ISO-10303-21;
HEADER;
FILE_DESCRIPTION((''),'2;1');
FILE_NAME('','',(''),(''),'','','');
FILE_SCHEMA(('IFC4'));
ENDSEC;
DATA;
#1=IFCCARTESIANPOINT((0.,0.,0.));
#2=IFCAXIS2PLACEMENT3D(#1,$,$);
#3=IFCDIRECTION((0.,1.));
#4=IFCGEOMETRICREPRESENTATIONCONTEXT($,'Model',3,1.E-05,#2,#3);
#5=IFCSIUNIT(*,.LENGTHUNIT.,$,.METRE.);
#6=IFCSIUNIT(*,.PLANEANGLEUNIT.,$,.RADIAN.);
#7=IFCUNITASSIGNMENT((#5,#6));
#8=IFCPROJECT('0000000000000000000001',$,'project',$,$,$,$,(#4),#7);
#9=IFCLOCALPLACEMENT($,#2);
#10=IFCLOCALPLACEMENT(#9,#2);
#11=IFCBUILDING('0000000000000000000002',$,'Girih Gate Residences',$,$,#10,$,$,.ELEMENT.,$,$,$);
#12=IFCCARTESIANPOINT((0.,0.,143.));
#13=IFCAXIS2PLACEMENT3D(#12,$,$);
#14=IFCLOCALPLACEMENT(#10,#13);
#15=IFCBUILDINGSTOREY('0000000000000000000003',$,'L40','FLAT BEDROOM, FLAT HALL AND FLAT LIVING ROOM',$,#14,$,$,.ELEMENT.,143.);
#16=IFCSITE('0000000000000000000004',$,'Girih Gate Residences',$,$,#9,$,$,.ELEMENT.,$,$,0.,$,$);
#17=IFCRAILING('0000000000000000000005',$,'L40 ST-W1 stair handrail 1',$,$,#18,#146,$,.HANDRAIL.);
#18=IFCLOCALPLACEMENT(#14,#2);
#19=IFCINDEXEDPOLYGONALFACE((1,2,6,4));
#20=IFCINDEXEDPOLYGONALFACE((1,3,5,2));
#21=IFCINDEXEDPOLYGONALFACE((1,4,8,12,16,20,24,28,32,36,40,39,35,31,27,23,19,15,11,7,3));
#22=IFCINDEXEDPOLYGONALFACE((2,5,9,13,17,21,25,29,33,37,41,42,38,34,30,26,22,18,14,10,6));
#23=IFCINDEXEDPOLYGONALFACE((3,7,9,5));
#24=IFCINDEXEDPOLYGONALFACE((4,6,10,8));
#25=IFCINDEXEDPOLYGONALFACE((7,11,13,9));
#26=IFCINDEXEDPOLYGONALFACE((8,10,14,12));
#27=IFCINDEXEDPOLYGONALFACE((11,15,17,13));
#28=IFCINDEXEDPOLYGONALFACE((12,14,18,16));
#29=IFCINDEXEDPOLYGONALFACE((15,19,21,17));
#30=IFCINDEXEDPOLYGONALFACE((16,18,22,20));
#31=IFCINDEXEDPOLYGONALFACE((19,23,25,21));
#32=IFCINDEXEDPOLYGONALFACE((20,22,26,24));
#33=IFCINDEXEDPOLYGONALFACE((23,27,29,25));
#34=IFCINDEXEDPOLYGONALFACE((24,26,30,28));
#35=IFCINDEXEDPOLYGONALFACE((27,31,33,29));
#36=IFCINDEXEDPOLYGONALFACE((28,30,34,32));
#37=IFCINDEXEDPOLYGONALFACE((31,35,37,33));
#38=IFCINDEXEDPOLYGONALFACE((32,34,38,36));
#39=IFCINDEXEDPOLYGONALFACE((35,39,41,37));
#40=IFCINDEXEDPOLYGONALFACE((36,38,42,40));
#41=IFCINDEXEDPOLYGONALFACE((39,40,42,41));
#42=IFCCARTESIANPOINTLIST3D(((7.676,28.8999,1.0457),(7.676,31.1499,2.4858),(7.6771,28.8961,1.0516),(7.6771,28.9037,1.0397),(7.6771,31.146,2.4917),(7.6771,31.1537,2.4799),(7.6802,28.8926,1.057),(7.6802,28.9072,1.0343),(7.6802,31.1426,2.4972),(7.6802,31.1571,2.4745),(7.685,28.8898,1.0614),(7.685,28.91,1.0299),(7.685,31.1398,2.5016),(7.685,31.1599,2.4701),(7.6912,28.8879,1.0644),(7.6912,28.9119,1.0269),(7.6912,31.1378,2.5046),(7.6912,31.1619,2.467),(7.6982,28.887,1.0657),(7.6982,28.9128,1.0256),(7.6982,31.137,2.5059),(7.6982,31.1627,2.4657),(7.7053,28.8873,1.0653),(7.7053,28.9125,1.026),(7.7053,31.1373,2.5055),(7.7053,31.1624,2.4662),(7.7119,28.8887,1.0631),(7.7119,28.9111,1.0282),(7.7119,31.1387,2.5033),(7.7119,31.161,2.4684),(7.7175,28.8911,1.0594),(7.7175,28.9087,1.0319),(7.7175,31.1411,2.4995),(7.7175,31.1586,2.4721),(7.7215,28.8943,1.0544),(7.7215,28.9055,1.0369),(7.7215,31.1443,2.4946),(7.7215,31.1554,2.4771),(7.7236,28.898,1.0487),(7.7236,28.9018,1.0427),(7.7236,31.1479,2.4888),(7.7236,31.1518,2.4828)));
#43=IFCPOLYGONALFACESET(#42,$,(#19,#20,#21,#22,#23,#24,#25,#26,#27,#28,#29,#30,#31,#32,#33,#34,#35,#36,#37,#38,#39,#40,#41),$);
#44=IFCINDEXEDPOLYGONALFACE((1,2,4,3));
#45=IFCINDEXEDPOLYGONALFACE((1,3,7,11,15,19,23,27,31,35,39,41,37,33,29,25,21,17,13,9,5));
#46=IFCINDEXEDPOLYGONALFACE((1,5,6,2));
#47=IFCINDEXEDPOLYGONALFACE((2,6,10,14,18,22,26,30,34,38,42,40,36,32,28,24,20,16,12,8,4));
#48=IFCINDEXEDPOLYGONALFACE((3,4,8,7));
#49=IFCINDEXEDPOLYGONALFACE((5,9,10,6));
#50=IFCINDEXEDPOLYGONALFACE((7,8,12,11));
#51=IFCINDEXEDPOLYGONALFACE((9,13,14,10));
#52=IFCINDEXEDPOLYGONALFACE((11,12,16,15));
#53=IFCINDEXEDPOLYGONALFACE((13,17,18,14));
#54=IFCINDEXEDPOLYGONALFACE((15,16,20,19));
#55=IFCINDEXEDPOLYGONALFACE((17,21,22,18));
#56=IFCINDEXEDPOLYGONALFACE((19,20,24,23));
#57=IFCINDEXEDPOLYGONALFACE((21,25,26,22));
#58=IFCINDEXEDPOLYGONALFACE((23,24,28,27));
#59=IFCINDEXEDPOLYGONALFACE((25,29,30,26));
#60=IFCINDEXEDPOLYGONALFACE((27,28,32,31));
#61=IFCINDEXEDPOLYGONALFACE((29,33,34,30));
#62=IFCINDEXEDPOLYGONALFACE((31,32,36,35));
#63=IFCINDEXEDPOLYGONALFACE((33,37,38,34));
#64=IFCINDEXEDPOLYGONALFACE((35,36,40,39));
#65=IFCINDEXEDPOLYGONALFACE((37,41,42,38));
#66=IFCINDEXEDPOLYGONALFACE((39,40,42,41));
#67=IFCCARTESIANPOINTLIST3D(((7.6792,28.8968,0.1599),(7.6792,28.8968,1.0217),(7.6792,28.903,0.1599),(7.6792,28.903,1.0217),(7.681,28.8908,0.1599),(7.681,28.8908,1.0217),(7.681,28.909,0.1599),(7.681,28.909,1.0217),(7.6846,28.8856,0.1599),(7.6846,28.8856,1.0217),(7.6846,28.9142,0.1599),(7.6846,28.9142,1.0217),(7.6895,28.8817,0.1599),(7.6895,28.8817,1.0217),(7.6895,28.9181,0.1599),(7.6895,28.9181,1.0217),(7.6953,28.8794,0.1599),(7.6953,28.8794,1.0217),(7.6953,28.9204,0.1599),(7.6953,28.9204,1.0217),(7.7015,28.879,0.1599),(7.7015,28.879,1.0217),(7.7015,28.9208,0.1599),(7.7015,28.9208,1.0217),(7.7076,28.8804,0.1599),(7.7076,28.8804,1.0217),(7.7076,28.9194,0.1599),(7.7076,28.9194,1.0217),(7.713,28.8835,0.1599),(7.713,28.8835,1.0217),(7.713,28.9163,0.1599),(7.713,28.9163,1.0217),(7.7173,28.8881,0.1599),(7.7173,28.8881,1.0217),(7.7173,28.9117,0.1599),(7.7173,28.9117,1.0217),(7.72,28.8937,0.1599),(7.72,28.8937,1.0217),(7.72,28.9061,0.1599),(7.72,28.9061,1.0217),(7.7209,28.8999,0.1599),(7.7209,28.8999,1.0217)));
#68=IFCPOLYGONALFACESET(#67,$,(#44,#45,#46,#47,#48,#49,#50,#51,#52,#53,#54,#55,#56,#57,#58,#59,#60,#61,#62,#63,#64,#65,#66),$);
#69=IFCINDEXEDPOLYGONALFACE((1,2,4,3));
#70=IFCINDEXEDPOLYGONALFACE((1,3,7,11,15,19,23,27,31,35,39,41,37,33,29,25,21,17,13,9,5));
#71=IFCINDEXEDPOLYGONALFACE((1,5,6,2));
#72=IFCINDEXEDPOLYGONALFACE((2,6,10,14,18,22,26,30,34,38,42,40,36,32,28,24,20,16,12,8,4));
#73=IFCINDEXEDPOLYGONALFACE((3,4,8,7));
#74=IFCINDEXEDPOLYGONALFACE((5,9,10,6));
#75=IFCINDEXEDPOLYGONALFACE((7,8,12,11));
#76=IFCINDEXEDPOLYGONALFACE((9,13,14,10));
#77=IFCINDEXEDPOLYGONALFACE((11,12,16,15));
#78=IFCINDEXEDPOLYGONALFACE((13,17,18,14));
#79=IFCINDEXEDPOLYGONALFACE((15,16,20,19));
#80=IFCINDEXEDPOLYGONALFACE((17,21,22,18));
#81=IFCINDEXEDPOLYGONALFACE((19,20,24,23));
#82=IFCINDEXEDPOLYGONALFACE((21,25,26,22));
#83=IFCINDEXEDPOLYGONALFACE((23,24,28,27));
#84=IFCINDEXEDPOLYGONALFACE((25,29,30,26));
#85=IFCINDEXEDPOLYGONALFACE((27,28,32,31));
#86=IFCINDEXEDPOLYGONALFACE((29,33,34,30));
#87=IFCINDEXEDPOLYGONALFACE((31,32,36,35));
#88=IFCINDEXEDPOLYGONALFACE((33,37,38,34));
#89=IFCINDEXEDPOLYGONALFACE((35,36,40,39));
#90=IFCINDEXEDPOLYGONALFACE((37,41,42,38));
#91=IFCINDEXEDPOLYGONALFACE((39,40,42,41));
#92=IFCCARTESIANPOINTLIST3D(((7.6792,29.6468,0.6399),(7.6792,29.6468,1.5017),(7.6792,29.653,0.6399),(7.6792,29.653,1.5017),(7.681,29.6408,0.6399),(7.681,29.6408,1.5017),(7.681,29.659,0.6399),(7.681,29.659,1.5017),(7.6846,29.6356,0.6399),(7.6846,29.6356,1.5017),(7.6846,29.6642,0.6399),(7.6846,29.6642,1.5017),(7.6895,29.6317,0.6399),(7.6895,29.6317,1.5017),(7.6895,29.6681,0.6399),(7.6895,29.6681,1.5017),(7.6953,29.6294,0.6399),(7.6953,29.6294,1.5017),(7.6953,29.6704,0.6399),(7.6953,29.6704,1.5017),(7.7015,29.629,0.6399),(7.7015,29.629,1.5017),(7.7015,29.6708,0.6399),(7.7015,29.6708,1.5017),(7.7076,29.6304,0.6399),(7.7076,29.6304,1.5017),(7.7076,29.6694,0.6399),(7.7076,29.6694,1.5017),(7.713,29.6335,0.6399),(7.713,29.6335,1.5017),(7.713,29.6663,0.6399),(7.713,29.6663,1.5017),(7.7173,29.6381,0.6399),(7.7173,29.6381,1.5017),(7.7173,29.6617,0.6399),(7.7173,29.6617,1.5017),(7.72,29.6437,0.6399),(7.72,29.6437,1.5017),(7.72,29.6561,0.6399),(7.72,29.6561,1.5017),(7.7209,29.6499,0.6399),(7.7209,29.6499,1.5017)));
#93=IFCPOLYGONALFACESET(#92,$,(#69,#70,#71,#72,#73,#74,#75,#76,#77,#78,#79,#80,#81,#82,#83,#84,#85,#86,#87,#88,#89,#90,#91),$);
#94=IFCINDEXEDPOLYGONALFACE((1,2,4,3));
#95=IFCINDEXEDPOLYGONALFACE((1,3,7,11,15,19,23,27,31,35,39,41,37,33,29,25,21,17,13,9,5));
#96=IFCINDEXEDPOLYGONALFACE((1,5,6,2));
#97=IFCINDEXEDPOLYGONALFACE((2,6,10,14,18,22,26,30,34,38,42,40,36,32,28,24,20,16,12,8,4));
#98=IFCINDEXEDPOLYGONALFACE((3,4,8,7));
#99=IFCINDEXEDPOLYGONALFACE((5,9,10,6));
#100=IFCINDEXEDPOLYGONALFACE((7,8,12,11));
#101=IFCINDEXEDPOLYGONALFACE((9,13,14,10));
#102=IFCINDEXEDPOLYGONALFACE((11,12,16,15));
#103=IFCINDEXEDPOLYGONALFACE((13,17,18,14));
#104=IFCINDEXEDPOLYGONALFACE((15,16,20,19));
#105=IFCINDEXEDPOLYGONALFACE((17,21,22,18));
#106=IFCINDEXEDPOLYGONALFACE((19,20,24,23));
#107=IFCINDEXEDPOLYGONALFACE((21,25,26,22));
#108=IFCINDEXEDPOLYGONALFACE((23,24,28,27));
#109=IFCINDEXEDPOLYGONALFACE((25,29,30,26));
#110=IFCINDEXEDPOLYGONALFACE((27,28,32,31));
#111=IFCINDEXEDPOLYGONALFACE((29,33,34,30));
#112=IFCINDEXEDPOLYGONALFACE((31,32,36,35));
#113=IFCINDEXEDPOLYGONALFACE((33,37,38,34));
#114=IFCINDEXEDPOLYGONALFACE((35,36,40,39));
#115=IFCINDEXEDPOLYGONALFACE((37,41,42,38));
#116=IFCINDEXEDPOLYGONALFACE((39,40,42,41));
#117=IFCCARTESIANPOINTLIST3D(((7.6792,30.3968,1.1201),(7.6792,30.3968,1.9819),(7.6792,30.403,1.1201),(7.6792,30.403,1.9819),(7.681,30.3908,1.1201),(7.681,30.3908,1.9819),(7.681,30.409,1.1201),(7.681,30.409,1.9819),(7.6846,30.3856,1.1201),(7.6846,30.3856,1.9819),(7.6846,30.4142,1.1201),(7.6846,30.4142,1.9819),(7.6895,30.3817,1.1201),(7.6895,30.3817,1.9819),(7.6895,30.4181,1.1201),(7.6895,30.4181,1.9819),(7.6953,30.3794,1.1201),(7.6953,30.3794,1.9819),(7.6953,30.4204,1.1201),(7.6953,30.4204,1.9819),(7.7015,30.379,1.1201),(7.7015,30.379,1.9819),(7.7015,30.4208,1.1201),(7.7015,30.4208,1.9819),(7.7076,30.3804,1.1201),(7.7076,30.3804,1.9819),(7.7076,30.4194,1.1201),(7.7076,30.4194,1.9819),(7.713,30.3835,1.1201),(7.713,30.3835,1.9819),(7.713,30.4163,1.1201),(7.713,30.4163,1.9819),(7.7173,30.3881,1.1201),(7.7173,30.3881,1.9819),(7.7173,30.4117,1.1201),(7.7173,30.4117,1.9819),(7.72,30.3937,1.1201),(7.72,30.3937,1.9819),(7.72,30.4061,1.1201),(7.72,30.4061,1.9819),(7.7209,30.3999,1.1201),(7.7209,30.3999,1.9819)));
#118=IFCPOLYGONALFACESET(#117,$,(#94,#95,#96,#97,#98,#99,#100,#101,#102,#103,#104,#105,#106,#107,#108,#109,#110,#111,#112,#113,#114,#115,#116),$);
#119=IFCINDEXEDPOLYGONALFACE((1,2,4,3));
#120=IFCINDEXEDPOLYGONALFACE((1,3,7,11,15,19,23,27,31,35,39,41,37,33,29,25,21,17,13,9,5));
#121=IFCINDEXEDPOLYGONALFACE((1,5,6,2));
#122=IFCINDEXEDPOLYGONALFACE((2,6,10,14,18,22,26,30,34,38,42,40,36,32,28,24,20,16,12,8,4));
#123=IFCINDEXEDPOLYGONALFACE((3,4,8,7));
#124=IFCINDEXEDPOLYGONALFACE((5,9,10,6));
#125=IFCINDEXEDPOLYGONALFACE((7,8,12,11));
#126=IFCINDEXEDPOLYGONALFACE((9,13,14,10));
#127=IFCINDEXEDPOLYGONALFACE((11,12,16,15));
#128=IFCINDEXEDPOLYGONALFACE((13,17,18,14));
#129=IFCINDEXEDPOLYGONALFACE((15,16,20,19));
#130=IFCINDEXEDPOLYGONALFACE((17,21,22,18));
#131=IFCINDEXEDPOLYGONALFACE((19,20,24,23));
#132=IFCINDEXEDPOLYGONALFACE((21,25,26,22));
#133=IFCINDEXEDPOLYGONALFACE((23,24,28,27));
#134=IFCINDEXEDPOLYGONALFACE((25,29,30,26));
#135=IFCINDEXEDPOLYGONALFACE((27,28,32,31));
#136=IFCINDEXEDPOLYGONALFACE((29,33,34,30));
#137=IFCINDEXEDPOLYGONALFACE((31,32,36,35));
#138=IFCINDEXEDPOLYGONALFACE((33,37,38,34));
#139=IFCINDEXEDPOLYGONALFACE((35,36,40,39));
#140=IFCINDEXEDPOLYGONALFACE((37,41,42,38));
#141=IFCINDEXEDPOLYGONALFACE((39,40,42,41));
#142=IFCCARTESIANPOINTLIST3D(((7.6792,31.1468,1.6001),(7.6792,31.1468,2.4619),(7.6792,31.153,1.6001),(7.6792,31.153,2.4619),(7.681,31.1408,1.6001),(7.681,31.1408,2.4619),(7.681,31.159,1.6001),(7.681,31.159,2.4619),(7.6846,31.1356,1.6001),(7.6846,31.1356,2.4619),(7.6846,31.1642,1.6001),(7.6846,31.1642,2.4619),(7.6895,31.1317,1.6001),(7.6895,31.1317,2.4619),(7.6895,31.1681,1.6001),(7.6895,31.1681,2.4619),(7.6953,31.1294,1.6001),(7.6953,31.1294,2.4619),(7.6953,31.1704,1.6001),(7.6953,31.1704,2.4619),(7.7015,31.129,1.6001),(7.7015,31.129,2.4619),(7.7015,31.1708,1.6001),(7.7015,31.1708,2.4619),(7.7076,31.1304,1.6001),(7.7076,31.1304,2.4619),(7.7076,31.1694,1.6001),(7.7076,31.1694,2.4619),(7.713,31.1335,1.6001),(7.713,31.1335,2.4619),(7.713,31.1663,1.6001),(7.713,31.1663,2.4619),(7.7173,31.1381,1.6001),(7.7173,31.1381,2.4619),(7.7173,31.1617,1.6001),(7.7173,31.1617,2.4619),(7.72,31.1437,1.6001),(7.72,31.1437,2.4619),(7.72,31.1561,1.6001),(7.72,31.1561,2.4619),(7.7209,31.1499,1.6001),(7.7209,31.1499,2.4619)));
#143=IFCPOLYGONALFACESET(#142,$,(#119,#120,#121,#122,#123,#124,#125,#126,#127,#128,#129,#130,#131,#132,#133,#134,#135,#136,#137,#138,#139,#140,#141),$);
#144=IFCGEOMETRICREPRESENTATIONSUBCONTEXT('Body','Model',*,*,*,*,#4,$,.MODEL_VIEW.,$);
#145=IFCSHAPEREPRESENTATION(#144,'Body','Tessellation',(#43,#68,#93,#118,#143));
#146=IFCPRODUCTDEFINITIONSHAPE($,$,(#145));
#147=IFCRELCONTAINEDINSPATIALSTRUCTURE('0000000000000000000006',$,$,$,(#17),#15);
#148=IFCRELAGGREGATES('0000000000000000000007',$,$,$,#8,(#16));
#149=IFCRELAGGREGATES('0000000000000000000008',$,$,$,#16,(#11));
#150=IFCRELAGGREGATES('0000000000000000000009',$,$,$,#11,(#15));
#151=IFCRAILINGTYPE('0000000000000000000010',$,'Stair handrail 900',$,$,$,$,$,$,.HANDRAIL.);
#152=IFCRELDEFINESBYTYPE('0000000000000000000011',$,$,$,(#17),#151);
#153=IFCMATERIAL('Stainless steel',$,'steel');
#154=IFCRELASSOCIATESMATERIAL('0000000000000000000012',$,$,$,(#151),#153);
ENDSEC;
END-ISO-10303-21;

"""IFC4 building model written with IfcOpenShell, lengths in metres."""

from ifc_helpers import new_model, si_unit, direction, frame, origin, origin_2d, place, context, subcontext, project, spatial, circle, extrude, material, type_object, element, save


model = new_model("IFC4")

# Units and contexts
model_context = context("Model", 3, precision=1e-05, world=origin(), true_north=direction((0.0, 1.0)))
body_context = subcontext(model_context, "Body", "Model", "MODEL_VIEW")
ifc_project = project(units=[si_unit("LENGTHUNIT", "METRE"), si_unit("PLANEANGLEUNIT", "RADIAN")], contexts=[model_context])

# Site, building, storey
site_placement = place(None, origin())
site = spatial("IfcSite", under=ifc_project, at=site_placement, Name="Girih Gate Residences", CompositionType="ELEMENT", RefElevation=0.0)
building_placement = place(site_placement, origin())
building = spatial("IfcBuilding", under=site, at=building_placement, Name="Girih Gate Residences", CompositionType="ELEMENT")
storey_placement = place(building_placement, frame((0.0, 0.0, 143.0)))
storey = spatial("IfcBuildingStorey", under=building, at=storey_placement, Name="L40", Description="FLAT BEDROOM, FLAT HALL AND FLAT LIVING ROOM", CompositionType="ELEMENT", Elevation=143.0)

# Railing
ifc_material_1 = material(Name="Stainless steel", Category="steel")
railing_type_1 = type_object("IfcRailingType", Name="Stair handrail 900", PredefinedType="HANDRAIL", material=ifc_material_1)
railing_1_placement = place(storey_placement, frame((7.7, 28.8999, 0.1599)))
element("IfcRailing", 1, at=railing_1_placement, inside=storey, type_object=railing_type_1, Name="L40 ST-W1 stair handrail 1", PredefinedType="HANDRAIL", context=body_context, shape_type="SweptSolid", body=[
    extrude(circle(Radius=0.0239, at=origin_2d()), frame((0.0, 0.0, 0.8857), z_axis=(0.0, 0.84224, 0.539103), x_axis=(-1.0, 0.0, 0.0)), (0.0, 0.0, 1.0), 2.6714),
    extrude(circle(Radius=0.021, at=origin_2d()), origin(), (0.0, 0.0, 1.0), 0.8618),
    extrude(circle(Radius=0.021, at=origin_2d()), frame((0.0, 0.75, 0.48)), (0.0, 0.0, 1.0), 0.8618),
    extrude(circle(Radius=0.021, at=origin_2d()), frame((0.0, 1.5, 0.9602)), (0.0, 0.0, 1.0), 0.8618),
    extrude(circle(Radius=0.021, at=origin_2d()), frame((0.0, 2.25, 1.4402)), (0.0, 0.0, 1.0), 0.8618),
])

save(model, "model.ifc")
